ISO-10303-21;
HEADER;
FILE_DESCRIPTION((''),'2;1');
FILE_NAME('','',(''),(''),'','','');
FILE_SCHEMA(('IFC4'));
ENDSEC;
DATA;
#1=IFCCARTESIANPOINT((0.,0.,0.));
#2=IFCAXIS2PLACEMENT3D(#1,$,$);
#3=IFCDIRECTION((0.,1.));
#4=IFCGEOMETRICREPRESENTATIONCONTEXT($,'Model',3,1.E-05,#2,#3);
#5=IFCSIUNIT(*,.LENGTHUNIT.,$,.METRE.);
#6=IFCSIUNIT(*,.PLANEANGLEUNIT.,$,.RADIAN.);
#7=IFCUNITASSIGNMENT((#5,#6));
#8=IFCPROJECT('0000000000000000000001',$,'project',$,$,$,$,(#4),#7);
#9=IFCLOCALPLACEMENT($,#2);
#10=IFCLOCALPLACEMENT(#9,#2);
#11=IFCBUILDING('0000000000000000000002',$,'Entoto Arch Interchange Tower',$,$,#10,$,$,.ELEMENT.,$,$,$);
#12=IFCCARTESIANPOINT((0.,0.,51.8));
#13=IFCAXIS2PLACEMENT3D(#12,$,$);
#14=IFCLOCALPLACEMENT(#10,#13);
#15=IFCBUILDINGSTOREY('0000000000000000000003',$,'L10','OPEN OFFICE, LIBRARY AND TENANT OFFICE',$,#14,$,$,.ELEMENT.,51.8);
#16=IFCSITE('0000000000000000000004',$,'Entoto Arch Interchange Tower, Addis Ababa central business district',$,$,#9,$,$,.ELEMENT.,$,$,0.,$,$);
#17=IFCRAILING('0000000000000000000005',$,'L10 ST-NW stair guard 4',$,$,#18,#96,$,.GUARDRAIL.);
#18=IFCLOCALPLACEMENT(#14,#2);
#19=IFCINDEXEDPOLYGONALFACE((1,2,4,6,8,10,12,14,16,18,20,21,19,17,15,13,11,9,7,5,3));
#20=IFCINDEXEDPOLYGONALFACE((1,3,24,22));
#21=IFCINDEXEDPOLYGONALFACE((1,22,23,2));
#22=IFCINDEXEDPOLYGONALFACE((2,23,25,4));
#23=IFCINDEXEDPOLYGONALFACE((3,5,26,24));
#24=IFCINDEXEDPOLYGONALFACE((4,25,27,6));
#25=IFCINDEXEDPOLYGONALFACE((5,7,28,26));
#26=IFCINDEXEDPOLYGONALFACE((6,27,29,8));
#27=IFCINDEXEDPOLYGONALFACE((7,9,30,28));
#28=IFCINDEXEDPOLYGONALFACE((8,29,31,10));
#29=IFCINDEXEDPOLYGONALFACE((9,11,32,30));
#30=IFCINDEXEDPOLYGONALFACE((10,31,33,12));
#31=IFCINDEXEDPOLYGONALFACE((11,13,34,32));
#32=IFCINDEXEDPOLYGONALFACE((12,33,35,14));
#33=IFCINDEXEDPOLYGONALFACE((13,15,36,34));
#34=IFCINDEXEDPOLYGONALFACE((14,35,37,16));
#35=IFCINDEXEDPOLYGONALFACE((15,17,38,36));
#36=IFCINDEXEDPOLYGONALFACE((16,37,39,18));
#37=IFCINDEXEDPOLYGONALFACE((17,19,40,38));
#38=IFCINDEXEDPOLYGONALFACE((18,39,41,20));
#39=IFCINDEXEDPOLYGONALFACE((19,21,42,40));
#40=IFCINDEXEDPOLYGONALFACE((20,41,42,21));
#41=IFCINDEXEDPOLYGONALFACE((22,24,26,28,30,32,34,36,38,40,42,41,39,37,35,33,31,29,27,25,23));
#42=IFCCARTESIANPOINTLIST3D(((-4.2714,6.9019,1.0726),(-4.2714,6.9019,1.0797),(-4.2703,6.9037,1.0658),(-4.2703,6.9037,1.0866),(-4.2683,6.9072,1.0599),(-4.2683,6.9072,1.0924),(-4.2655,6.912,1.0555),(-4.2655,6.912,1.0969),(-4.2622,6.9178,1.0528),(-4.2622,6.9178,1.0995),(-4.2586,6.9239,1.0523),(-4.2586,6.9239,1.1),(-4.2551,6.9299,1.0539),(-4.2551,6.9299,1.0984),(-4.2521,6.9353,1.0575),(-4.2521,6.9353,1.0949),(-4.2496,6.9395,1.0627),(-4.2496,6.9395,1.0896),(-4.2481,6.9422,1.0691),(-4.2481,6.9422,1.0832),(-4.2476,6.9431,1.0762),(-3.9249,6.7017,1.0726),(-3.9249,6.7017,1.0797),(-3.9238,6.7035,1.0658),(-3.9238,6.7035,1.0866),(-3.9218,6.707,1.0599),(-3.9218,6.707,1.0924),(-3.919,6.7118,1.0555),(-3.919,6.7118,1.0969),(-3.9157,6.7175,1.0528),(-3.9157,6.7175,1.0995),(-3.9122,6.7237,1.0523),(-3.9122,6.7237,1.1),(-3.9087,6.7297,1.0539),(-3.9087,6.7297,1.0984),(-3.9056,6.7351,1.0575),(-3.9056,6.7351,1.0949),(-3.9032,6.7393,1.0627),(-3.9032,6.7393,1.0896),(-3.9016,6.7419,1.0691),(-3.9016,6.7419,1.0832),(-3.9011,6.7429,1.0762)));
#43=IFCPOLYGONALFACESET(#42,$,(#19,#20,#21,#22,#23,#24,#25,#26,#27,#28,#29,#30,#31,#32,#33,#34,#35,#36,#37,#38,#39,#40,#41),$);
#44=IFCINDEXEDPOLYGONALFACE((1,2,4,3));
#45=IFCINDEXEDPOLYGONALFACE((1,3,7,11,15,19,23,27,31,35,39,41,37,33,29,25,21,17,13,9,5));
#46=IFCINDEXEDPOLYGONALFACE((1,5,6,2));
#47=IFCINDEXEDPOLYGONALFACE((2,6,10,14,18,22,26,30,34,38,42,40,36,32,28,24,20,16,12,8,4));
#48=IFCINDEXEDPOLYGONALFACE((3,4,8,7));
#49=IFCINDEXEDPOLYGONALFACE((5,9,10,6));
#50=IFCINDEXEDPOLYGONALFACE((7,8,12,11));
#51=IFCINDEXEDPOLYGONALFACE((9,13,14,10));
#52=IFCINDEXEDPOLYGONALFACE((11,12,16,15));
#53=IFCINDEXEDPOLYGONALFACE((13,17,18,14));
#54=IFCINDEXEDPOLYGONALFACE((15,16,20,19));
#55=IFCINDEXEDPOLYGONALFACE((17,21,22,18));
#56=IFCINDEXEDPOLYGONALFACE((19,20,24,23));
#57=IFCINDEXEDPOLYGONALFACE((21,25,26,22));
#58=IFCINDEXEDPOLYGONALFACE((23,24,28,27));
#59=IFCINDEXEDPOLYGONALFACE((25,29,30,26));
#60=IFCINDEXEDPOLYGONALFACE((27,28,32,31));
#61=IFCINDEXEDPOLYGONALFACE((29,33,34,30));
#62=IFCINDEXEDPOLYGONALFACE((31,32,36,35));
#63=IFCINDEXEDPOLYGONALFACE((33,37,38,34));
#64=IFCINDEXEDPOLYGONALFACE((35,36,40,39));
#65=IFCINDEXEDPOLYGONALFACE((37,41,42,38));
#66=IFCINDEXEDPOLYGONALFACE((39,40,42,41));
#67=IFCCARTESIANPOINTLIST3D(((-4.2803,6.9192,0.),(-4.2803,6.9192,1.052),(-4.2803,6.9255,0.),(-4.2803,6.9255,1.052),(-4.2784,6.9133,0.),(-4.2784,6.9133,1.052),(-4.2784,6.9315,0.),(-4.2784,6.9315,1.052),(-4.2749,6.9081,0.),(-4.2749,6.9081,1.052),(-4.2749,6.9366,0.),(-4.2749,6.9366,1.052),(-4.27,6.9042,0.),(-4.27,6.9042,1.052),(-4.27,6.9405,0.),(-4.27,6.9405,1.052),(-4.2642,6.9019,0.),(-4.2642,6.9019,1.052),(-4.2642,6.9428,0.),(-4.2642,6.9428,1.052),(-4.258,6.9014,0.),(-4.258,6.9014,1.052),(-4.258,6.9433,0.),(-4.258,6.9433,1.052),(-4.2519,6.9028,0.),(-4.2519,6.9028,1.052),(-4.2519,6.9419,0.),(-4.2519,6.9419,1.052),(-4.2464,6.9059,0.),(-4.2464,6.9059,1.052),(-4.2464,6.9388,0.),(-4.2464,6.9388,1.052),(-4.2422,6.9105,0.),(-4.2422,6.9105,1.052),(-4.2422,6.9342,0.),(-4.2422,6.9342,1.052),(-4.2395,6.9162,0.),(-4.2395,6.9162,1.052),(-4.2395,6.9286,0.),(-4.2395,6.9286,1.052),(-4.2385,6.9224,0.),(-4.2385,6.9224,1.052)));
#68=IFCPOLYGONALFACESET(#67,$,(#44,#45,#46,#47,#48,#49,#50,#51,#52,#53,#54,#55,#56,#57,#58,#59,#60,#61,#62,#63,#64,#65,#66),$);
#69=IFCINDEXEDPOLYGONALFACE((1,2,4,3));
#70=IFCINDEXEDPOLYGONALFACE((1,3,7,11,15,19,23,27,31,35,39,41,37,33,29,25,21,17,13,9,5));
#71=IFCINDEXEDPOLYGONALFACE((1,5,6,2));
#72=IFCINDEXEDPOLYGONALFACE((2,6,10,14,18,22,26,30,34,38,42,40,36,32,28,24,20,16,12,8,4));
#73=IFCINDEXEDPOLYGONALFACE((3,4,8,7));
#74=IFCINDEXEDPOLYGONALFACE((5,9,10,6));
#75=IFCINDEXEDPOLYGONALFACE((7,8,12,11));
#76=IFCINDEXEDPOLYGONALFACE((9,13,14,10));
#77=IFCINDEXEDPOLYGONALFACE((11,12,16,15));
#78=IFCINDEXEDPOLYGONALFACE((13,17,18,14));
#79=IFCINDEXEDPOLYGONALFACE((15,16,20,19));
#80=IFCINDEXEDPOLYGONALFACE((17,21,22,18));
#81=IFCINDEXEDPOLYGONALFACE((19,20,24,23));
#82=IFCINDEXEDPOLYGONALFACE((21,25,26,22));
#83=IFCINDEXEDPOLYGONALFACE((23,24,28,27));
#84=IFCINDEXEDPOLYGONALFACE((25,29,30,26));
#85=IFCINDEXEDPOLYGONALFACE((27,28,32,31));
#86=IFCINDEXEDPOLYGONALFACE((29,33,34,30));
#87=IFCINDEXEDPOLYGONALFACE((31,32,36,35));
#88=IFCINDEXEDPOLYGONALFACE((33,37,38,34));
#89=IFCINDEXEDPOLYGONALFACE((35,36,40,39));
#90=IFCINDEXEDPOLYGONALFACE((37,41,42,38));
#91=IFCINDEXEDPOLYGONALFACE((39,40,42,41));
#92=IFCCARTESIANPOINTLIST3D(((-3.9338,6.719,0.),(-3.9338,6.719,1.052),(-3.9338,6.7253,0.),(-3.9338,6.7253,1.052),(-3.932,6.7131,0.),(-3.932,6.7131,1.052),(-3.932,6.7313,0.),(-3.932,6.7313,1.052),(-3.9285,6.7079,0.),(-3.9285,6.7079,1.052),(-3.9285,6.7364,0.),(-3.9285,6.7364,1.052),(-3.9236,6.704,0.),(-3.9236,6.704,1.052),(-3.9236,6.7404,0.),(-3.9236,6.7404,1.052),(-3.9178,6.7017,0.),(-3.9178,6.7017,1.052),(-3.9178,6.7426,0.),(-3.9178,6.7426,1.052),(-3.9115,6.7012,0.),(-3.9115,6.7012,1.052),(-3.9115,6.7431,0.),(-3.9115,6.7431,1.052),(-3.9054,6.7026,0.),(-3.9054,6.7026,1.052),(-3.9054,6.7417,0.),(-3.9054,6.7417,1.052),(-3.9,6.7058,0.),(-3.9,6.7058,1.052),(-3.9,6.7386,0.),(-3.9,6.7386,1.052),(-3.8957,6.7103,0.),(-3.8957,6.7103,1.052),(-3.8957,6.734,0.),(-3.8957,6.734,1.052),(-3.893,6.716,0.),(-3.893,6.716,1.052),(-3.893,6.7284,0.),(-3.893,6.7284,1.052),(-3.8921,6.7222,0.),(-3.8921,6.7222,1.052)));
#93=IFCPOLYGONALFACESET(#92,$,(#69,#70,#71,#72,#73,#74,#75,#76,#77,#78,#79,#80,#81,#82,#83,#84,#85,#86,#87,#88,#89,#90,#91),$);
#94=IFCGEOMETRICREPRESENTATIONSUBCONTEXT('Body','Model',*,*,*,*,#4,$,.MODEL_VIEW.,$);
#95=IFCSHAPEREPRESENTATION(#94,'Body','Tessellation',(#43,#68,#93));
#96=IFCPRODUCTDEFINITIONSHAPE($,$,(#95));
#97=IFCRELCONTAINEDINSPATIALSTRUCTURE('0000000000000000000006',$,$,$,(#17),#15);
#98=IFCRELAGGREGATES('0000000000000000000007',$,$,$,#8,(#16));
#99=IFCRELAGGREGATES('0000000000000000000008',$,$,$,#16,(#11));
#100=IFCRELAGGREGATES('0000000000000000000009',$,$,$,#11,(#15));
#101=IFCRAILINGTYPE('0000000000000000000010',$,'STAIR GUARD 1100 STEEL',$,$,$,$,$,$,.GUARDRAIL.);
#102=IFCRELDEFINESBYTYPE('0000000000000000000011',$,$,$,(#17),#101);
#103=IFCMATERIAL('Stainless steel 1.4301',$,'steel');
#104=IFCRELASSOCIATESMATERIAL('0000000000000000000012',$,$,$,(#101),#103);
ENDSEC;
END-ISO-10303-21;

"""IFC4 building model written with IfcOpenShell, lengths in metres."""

from ifc_helpers import new_model, si_unit, direction, frame, origin, origin_2d, place, context, subcontext, project, spatial, circle, extrude, material, type_object, element, save


model = new_model("IFC4")

# Units and contexts
model_context = context("Model", 3, precision=1e-05, world=origin(), true_north=direction((0.0, 1.0)))
body_context = subcontext(model_context, "Body", "Model", "MODEL_VIEW")
ifc_project = project(units=[si_unit("LENGTHUNIT", "METRE"), si_unit("PLANEANGLEUNIT", "RADIAN")], contexts=[model_context])

# Site, building, storey
site_placement = place(None, origin())
site = spatial("IfcSite", under=ifc_project, at=site_placement, Name="Entoto Arch Interchange Tower, Addis Ababa central business district", CompositionType="ELEMENT", RefElevation=0.0)
building_placement = place(site_placement, origin())
building = spatial("IfcBuilding", under=site, at=building_placement, Name="Entoto Arch Interchange Tower", CompositionType="ELEMENT")
storey_placement = place(building_placement, frame((0.0, 0.0, 51.8)))
storey = spatial("IfcBuildingStorey", under=building, at=storey_placement, Name="L10", Description="OPEN OFFICE, LIBRARY AND TENANT OFFICE", CompositionType="ELEMENT", Elevation=51.8)

# Railing
ifc_material_1 = material(Name="Stainless steel 1.4301", Category="steel")
railing_type_1 = type_object("IfcRailingType", Name="STAIR GUARD 1100 STEEL", PredefinedType="GUARDRAIL", material=ifc_material_1)
railing_1_placement = place(storey_placement, frame((-4.2595, 6.9224, 0.0)))
element("IfcRailing", 1, at=railing_1_placement, inside=storey, type_object=railing_type_1, Name="L10 ST-NW stair guard 4", PredefinedType="GUARDRAIL", context=body_context, shape_type="SweptSolid", body=[
    extrude(circle(Radius=0.0239, at=origin_2d()), frame((0.0, 0.0, 1.0762), z_axis=(0.86583, -0.500339, 0.0), x_axis=(0.500339, 0.86583, 0.0)), (0.0, 0.0, 1.0), 0.4001),
    extrude(circle(Radius=0.021, at=origin_2d()), origin(), (0.0, 0.0, 1.0), 1.052),
    extrude(circle(Radius=0.021, at=origin_2d()), frame((0.3464, -0.2002, 0.0)), (0.0, 0.0, 1.0), 1.052),
])

save(model, "model.ifc")
